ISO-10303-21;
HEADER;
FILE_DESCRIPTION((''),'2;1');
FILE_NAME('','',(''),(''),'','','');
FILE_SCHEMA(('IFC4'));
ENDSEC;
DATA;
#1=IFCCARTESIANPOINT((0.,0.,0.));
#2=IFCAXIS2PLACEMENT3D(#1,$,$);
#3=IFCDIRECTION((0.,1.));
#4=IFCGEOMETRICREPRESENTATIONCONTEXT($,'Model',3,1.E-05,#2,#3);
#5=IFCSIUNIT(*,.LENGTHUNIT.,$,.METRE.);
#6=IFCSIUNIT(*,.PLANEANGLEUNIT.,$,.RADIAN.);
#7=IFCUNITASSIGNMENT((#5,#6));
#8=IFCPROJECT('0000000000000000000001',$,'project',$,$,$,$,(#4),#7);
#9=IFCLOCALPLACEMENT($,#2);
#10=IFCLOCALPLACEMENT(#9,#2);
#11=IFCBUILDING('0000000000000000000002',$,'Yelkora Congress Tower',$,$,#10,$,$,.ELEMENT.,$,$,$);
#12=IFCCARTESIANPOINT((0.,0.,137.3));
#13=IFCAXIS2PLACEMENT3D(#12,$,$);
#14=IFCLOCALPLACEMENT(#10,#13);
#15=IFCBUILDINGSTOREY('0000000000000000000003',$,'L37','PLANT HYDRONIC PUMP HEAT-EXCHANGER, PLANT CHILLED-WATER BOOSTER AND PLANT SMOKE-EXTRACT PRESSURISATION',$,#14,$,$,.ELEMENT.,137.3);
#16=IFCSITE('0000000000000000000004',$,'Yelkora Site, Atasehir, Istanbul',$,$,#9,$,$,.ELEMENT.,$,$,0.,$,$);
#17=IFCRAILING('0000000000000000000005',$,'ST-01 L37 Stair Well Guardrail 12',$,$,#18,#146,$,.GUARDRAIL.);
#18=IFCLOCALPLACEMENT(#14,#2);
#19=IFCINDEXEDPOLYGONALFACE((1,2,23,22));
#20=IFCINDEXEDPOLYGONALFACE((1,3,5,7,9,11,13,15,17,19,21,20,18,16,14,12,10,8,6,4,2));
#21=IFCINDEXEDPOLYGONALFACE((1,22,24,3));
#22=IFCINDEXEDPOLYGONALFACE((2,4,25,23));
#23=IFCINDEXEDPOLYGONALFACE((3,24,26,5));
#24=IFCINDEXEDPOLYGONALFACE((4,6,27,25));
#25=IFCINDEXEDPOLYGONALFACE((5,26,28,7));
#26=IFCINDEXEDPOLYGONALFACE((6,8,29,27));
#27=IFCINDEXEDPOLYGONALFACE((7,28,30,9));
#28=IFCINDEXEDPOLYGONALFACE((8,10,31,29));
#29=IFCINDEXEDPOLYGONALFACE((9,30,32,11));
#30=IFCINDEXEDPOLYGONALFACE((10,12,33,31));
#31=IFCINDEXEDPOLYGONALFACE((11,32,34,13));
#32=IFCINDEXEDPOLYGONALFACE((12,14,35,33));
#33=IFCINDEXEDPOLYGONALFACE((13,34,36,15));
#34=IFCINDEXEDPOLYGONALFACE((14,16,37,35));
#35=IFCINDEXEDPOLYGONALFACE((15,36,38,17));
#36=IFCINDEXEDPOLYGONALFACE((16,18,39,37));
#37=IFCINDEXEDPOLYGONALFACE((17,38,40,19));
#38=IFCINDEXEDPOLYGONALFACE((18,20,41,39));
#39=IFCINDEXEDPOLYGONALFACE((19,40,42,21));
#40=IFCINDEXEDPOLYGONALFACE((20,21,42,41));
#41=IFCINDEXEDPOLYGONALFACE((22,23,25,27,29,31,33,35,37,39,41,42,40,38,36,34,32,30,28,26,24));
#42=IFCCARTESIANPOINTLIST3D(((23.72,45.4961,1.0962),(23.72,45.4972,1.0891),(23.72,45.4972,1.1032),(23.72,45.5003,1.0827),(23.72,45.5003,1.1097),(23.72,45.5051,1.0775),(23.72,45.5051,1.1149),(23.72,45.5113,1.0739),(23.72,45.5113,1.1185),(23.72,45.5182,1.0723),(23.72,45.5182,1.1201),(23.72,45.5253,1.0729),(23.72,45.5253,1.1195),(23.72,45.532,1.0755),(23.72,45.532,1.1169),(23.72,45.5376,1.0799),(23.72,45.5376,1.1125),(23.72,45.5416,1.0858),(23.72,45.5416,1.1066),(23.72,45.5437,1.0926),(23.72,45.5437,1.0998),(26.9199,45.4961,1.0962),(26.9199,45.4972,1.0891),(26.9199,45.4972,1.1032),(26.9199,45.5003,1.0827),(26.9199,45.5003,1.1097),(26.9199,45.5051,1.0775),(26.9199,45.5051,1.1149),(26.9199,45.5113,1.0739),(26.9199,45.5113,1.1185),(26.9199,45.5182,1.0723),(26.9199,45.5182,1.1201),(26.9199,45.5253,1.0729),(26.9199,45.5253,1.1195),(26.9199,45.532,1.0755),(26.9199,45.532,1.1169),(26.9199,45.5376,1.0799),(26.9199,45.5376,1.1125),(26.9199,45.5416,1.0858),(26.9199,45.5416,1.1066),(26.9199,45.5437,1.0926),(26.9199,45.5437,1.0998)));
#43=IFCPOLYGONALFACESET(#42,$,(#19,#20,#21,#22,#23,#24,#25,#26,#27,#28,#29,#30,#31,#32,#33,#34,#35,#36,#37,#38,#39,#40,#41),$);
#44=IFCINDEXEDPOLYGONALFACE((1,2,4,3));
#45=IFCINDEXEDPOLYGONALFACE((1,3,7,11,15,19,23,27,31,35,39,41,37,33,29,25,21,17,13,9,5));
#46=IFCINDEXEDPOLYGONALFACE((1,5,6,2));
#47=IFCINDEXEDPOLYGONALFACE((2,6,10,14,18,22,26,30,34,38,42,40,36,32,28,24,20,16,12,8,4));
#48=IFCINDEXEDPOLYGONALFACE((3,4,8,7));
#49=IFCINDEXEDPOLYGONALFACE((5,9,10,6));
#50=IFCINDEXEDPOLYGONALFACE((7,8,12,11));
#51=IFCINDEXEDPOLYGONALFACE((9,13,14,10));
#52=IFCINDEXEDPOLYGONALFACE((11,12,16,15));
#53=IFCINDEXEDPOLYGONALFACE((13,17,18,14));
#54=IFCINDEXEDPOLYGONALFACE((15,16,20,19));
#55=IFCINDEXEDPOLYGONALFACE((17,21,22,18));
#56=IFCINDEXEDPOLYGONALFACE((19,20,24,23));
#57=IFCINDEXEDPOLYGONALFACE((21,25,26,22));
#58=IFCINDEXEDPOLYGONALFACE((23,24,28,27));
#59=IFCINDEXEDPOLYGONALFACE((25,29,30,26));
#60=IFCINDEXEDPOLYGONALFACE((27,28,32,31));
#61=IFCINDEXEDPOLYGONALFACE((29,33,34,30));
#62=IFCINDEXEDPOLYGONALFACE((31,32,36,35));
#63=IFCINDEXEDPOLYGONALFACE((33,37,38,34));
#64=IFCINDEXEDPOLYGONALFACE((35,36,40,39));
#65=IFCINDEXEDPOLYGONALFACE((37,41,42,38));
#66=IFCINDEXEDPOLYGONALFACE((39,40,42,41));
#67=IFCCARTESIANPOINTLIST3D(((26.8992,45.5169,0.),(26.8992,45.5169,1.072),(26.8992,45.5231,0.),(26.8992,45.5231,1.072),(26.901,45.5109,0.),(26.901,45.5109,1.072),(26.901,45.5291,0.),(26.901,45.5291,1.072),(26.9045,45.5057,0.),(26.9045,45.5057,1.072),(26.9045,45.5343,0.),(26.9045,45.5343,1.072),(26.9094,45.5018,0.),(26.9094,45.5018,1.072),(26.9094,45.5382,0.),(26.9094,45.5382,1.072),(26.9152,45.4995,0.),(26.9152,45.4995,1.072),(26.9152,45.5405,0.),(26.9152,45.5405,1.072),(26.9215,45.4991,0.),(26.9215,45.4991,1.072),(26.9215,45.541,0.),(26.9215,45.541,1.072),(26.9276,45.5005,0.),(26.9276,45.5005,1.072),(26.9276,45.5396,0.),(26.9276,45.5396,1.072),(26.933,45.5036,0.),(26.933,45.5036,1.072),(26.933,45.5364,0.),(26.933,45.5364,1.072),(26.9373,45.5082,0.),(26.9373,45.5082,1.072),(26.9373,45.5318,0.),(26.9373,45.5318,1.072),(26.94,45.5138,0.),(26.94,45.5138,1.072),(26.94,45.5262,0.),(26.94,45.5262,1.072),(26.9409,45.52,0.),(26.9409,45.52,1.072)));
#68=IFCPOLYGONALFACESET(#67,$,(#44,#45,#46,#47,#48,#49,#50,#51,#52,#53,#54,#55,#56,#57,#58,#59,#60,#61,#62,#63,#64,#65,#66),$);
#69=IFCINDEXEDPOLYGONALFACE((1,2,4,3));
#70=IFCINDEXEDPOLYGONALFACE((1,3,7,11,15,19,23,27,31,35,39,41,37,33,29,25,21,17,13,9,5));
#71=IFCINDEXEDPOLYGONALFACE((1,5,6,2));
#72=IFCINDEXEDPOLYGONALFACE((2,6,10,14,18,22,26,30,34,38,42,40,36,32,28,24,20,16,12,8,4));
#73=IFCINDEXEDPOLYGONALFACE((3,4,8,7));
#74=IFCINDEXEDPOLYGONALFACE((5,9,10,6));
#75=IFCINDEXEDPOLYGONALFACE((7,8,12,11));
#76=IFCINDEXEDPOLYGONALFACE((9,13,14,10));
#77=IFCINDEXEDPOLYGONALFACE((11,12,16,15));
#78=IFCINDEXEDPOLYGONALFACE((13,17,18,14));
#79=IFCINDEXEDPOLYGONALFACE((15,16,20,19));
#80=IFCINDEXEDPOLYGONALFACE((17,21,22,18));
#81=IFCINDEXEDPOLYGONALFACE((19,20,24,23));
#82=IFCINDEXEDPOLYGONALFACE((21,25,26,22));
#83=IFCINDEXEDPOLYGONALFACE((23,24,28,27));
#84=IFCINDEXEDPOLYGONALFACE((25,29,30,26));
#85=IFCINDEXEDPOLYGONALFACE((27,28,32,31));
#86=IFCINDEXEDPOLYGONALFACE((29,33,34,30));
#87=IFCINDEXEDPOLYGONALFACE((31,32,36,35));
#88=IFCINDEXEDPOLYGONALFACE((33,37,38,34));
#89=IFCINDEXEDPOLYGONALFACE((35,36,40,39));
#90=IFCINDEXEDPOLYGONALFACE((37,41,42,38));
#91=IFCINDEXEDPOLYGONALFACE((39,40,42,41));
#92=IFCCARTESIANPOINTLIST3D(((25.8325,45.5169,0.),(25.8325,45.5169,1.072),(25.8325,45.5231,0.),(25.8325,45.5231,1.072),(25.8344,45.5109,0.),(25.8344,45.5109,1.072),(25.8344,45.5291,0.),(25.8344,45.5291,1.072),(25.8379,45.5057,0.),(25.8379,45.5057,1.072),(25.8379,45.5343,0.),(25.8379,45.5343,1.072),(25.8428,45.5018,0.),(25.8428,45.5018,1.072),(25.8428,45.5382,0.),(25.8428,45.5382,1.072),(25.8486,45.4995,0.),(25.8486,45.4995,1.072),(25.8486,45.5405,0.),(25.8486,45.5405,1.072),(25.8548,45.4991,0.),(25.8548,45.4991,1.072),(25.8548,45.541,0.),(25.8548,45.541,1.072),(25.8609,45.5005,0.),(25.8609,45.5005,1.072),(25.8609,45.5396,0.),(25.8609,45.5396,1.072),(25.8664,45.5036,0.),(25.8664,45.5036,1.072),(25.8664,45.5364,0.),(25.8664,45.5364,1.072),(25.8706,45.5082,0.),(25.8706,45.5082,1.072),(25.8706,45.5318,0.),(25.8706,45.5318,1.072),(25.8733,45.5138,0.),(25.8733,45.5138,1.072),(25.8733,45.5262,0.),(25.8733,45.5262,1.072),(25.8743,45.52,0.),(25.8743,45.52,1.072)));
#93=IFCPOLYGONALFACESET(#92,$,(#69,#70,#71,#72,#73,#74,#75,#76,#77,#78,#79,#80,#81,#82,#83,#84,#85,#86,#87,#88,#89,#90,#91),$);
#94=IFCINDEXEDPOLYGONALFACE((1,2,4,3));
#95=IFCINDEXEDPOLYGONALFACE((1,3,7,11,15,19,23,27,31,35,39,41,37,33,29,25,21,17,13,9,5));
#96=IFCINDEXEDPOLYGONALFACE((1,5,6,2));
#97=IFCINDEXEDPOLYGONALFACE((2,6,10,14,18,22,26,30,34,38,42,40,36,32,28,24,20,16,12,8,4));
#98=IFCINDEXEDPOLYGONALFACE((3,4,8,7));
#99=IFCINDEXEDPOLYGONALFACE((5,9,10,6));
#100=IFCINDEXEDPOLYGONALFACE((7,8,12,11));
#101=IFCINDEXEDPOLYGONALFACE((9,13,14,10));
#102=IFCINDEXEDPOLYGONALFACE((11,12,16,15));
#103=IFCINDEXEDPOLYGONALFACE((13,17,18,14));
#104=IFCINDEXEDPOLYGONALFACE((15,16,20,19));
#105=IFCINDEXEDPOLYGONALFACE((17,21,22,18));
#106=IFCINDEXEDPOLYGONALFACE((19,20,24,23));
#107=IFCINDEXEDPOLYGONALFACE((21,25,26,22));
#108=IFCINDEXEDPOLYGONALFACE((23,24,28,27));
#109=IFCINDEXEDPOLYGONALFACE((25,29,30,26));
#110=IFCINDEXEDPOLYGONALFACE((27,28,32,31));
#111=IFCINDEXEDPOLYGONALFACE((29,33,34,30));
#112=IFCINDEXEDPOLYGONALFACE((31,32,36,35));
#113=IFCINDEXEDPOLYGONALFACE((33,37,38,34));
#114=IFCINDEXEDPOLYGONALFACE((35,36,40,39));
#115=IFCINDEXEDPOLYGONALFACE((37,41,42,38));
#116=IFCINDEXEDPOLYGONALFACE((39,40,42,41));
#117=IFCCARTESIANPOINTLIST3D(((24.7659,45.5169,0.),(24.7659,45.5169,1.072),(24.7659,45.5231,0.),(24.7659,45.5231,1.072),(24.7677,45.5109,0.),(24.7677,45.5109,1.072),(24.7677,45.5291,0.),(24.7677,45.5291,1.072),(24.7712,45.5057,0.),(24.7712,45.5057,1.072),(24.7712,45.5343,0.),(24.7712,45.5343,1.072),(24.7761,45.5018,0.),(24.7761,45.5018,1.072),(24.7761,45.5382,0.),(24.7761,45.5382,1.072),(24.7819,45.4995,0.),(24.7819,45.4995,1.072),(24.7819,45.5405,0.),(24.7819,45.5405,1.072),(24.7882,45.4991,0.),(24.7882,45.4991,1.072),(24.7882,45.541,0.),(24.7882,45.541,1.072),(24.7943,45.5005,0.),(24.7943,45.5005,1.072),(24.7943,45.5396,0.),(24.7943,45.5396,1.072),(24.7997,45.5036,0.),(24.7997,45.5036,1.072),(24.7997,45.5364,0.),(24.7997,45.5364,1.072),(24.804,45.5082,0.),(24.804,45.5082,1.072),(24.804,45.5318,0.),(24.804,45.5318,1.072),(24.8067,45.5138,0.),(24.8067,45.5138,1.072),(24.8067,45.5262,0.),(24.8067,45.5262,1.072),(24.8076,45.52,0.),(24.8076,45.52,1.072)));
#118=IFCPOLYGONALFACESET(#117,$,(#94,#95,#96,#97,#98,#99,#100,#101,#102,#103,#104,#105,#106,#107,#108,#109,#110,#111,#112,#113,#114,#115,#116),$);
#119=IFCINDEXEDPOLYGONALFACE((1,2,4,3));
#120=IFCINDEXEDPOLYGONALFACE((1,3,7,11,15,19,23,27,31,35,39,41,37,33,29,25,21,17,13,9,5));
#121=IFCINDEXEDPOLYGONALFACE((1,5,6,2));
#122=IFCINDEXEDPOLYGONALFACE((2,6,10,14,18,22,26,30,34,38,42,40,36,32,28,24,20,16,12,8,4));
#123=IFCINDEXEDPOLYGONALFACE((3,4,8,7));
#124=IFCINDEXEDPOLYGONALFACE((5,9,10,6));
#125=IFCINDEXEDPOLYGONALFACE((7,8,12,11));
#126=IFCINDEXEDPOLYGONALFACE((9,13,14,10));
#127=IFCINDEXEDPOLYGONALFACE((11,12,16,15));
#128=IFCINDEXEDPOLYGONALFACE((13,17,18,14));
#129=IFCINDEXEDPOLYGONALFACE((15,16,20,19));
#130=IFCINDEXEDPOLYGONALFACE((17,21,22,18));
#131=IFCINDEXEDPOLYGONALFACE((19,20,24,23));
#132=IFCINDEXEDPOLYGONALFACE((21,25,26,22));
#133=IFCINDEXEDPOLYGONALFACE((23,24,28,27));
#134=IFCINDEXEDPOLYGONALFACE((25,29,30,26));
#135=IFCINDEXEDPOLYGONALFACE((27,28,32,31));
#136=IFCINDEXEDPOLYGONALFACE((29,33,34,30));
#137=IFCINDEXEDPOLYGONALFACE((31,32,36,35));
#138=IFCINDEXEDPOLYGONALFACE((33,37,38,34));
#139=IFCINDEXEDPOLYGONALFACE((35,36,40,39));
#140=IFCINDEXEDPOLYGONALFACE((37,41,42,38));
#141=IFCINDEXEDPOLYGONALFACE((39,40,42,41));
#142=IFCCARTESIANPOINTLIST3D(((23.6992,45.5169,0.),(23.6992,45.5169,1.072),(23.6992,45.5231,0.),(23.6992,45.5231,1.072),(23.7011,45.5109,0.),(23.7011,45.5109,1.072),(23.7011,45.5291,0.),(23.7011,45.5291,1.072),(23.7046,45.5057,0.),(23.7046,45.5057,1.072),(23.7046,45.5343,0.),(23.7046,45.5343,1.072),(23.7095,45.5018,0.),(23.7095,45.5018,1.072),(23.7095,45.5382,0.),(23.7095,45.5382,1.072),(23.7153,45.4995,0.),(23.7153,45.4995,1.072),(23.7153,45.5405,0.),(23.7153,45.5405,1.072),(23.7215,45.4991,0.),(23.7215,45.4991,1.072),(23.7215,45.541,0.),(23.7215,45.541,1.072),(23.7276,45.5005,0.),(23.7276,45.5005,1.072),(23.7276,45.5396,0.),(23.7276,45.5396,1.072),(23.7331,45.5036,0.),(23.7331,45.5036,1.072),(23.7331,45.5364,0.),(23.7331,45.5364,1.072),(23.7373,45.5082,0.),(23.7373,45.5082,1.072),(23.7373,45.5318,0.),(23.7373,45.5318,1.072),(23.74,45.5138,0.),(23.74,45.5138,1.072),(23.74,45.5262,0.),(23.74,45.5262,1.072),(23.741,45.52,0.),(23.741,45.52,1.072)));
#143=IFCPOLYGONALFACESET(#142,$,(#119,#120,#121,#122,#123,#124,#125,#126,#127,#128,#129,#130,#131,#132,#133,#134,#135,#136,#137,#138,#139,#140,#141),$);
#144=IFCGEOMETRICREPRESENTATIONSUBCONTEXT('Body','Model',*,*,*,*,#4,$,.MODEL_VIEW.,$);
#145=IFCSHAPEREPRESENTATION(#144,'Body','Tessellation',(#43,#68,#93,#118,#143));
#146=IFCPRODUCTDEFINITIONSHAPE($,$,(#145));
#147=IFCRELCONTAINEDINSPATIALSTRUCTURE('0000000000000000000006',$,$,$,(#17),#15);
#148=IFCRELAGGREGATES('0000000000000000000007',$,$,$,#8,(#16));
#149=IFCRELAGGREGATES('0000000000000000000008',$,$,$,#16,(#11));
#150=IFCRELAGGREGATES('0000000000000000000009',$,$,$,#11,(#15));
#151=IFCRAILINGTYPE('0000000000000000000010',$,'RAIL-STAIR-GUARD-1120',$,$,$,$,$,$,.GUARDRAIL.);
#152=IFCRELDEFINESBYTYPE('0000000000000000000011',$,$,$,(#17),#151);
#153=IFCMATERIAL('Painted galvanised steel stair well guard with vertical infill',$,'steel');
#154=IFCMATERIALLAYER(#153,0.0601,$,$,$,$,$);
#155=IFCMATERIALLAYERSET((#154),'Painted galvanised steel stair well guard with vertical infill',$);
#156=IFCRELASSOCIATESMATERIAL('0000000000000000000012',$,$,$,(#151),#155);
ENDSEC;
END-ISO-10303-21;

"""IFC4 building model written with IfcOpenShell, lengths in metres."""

from ifc_helpers import new_model, si_unit, direction, frame, origin, origin_2d, place, context, subcontext, project, spatial, circle, extrude, material, layer, layer_set, type_object, element, save


model = new_model("IFC4")

# Units and contexts
model_context = context("Model", 3, precision=1e-05, world=origin(), true_north=direction((0.0, 1.0)))
body_context = subcontext(model_context, "Body", "Model", "MODEL_VIEW")
ifc_project = project(units=[si_unit("LENGTHUNIT", "METRE"), si_unit("PLANEANGLEUNIT", "RADIAN")], contexts=[model_context])

# Site, building, storey
site_placement = place(None, origin())
site = spatial("IfcSite", under=ifc_project, at=site_placement, Name="Yelkora Site, Atasehir, Istanbul", CompositionType="ELEMENT", RefElevation=0.0)
building_placement = place(site_placement, origin())
building = spatial("IfcBuilding", under=site, at=building_placement, Name="Yelkora Congress Tower", CompositionType="ELEMENT")
storey_placement = place(building_placement, frame((0.0, 0.0, 137.3)))
storey = spatial("IfcBuildingStorey", under=building, at=storey_placement, Name="L37", Description="PLANT HYDRONIC PUMP HEAT-EXCHANGER, PLANT CHILLED-WATER BOOSTER AND PLANT SMOKE-EXTRACT PRESSURISATION", CompositionType="ELEMENT", Elevation=137.3)

# Railing
ifc_material_1 = material(Name="Painted galvanised steel stair well guard with vertical infill", Category="steel")
ifc_layer_1 = layer(ifc_material_1, 0.0601)
ifc_layer_set_1 = layer_set([ifc_layer_1], Name="Painted galvanised steel stair well guard with vertical infill")
railing_type_1 = type_object("IfcRailingType", Name="RAIL-STAIR-GUARD-1120", PredefinedType="GUARDRAIL", material=ifc_layer_set_1)
railing_1_placement = place(storey_placement, frame((26.9199, 45.52, 0.0)))
element("IfcRailing", 1, at=railing_1_placement, inside=storey, type_object=railing_type_1, Name="ST-01 L37 Stair Well Guardrail 12", PredefinedType="GUARDRAIL", context=body_context, shape_type="SweptSolid", body=[
    extrude(circle(Radius=0.0239, at=origin_2d()), frame((0.0, 0.0, 1.0962), z_axis=(-1.0, 0.0, 0.0), x_axis=(0.0, -1.0, 0.0)), (0.0, 0.0, 1.0), 3.2),
    extrude(circle(Radius=0.021, at=origin_2d()), origin(), (0.0, 0.0, 1.0), 1.072),
    extrude(circle(Radius=0.021, at=origin_2d()), frame((-1.0667, 0.0, 0.0)), (0.0, 0.0, 1.0), 1.072),
    extrude(circle(Radius=0.021, at=origin_2d()), frame((-2.1333, 0.0, 0.0)), (0.0, 0.0, 1.0), 1.072),
    extrude(circle(Radius=0.021, at=origin_2d()), frame((-3.2, 0.0, 0.0)), (0.0, 0.0, 1.0), 1.072),
])

save(model, "model.ifc")
